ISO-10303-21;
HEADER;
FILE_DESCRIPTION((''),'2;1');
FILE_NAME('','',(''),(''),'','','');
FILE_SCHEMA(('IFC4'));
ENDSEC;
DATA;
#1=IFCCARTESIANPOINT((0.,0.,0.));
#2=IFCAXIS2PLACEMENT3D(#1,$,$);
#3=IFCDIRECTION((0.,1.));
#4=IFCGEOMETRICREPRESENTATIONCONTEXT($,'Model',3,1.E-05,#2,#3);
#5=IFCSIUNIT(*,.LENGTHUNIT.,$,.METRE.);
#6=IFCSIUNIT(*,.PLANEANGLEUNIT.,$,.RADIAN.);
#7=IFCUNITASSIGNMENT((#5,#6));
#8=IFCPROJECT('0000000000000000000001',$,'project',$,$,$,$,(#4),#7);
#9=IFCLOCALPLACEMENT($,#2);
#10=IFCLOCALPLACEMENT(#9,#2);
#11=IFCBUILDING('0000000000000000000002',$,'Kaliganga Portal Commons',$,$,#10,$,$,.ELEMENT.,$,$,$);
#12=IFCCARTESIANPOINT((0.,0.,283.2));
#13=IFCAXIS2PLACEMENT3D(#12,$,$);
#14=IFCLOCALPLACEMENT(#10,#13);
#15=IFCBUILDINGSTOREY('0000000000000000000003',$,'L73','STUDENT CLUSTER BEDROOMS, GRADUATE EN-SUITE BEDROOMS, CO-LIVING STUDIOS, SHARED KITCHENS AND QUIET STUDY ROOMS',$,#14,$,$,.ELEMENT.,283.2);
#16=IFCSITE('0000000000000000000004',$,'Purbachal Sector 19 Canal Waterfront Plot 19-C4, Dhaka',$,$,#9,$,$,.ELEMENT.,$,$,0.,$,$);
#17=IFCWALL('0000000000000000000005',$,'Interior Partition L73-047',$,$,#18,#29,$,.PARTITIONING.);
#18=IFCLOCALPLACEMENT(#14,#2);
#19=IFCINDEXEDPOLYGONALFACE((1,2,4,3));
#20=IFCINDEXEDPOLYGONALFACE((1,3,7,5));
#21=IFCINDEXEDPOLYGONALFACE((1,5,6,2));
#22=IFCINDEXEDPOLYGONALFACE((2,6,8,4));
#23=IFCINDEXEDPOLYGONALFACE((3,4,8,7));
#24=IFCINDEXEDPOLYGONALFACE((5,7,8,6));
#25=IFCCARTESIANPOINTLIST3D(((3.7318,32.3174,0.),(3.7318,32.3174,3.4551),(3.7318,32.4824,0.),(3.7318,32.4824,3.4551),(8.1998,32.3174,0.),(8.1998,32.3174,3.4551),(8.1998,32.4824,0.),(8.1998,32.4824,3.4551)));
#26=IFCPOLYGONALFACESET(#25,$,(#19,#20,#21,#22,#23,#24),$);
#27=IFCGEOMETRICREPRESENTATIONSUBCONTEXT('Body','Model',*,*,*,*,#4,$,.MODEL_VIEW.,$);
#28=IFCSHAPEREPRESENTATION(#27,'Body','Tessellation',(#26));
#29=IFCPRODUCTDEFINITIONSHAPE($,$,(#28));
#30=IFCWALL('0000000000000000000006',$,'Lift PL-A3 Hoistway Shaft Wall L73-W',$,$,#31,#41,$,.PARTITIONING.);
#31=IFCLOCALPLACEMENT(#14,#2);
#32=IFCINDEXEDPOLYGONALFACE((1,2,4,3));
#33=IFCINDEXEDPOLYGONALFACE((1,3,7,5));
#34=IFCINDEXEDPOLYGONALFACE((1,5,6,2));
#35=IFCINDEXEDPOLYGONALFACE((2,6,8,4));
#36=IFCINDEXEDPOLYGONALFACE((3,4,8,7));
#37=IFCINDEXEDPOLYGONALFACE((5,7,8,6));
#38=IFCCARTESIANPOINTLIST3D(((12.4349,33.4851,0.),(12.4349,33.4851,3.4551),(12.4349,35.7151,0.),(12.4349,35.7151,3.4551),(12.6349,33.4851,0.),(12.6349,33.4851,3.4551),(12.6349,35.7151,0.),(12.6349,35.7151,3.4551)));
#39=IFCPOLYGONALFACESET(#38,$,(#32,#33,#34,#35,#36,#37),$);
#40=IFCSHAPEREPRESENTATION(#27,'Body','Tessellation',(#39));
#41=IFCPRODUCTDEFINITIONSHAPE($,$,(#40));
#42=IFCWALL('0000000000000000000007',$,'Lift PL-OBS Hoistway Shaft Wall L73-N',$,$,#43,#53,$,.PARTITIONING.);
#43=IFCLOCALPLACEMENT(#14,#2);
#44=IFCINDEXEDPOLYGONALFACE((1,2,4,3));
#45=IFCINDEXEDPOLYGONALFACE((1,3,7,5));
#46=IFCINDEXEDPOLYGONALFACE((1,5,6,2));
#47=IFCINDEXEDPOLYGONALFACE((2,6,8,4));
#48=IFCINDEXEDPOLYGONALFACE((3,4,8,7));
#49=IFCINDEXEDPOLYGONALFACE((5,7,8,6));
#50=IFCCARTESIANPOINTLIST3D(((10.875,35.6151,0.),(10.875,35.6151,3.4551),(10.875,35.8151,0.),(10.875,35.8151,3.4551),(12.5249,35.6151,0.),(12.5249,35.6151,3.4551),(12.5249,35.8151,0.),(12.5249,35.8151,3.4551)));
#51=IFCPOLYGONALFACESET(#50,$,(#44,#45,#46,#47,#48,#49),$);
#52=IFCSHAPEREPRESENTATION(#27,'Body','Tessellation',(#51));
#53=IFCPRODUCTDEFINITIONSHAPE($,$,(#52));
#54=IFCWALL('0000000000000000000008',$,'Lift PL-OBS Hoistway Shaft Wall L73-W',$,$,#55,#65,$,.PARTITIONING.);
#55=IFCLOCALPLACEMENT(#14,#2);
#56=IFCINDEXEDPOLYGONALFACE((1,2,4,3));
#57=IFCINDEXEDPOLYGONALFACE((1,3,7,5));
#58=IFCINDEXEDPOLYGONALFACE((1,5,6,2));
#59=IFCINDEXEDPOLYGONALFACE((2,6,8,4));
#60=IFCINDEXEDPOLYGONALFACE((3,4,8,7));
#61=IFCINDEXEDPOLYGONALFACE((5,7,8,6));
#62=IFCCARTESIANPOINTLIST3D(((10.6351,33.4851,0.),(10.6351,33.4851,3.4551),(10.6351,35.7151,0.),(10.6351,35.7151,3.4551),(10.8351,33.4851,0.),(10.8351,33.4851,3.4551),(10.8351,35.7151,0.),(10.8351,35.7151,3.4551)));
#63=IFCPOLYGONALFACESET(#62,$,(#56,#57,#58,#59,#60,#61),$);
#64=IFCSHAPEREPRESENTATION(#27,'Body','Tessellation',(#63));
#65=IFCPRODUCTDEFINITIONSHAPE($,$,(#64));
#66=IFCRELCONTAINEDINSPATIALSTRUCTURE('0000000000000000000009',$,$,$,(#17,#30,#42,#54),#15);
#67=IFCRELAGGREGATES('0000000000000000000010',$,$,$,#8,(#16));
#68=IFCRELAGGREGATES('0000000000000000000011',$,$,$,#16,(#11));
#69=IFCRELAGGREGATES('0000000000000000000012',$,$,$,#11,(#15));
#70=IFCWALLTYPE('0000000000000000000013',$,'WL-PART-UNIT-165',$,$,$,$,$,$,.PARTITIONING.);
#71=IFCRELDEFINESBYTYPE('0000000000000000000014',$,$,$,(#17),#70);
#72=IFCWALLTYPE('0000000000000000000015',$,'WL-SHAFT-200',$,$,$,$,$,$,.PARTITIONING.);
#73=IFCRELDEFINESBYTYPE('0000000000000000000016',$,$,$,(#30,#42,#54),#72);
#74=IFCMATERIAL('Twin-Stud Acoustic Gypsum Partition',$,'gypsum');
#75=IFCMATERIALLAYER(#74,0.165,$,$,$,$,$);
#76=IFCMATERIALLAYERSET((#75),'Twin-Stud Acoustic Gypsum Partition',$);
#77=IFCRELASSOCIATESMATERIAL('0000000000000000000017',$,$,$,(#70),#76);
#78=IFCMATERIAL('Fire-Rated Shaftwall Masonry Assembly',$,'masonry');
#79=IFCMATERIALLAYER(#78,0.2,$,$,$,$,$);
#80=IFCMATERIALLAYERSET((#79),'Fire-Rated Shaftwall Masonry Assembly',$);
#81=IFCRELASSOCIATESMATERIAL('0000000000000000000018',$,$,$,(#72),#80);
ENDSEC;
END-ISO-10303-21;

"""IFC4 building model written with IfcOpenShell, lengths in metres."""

from ifc_helpers import new_model, si_unit, direction, frame, frame_2d, origin, place, context, subcontext, project, spatial, rectangle, extrude, material, layer, layer_set, type_object, element, save


model = new_model("IFC4")

# Units and contexts
model_context = context("Model", 3, precision=1e-05, world=origin(), true_north=direction((0.0, 1.0)))
body_context = subcontext(model_context, "Body", "Model", "MODEL_VIEW")
ifc_project = project(units=[si_unit("LENGTHUNIT", "METRE"), si_unit("PLANEANGLEUNIT", "RADIAN")], contexts=[model_context])

# Site, building, storey
site_placement = place(None, origin())
site = spatial("IfcSite", under=ifc_project, at=site_placement, Name="Purbachal Sector 19 Canal Waterfront Plot 19-C4, Dhaka", CompositionType="ELEMENT", RefElevation=0.0)
building_placement = place(site_placement, origin())
building = spatial("IfcBuilding", under=site, at=building_placement, Name="Kaliganga Portal Commons", CompositionType="ELEMENT")
storey_placement = place(building_placement, frame((0.0, 0.0, 283.2)))
storey = spatial("IfcBuildingStorey", under=building, at=storey_placement, Name="L73", Description="STUDENT CLUSTER BEDROOMS, GRADUATE EN-SUITE BEDROOMS, CO-LIVING STUDIOS, SHARED KITCHENS AND QUIET STUDY ROOMS", CompositionType="ELEMENT", Elevation=283.2)

# Walls
ifc_material_1 = material(Name="Twin-Stud Acoustic Gypsum Partition", Category="gypsum")
ifc_layer_1 = layer(ifc_material_1, 0.165)
ifc_layer_set_1 = layer_set([ifc_layer_1], Name="Twin-Stud Acoustic Gypsum Partition")
wall_type_1 = type_object("IfcWallType", Name="WL-PART-UNIT-165", PredefinedType="PARTITIONING", material=ifc_layer_set_1)
wall_1_placement = place(storey_placement, frame((3.7319, 32.3999, 0.0), z_axis=(0.0, 0.0, 1.0), x_axis=(1.0, 0.0, 0.0)))
element("IfcWall", 1, at=wall_1_placement, inside=storey, type_object=wall_type_1, Name="Interior Partition L73-047", PredefinedType="PARTITIONING", context=body_context, shape_type="SweptSolid", body=[
    extrude(rectangle(XDim=4.468, YDim=0.165, at=frame_2d((2.2339, 0.0))), origin(), (0.0, 0.0, 1.0), 3.4551),
])
ifc_material_2 = material(Name="Fire-Rated Shaftwall Masonry Assembly", Category="masonry")
ifc_layer_2 = layer(ifc_material_2, 0.2)
ifc_layer_set_2 = layer_set([ifc_layer_2], Name="Fire-Rated Shaftwall Masonry Assembly")
wall_type_2 = type_object("IfcWallType", Name="WL-SHAFT-200", PredefinedType="PARTITIONING", material=ifc_layer_set_2)
wall_2_placement = place(storey_placement, frame((12.5349, 33.4851, 0.0), z_axis=(0.0, 0.0, 1.0), x_axis=(0.0, 1.0, 0.0)))
element("IfcWall", 2, at=wall_2_placement, inside=storey, type_object=wall_type_2, Name="Lift PL-A3 Hoistway Shaft Wall L73-W", PredefinedType="PARTITIONING", context=body_context, shape_type="SweptSolid", body=[
    extrude(rectangle(XDim=2.23, YDim=0.2, at=frame_2d((1.115, 0.0))), origin(), (0.0, 0.0, 1.0), 3.4551),
])

# Walls
wall_3_placement = place(storey_placement, frame((10.875, 35.7151, 0.0), z_axis=(0.0, 0.0, 1.0), x_axis=(1.0, 0.0, 0.0)))
element("IfcWall", 3, at=wall_3_placement, inside=storey, type_object=wall_type_2, Name="Lift PL-OBS Hoistway Shaft Wall L73-N", PredefinedType="PARTITIONING", context=body_context, shape_type="SweptSolid", body=[
    extrude(rectangle(XDim=1.6499, YDim=0.2, at=frame_2d((0.825, 0.0))), origin(), (0.0, 0.0, 1.0), 3.4551),
])
wall_4_placement = place(storey_placement, frame((10.7351, 33.4851, 0.0), z_axis=(0.0, 0.0, 1.0), x_axis=(0.0, 1.0, 0.0)))
element("IfcWall", 4, at=wall_4_placement, inside=storey, type_object=wall_type_2, Name="Lift PL-OBS Hoistway Shaft Wall L73-W", PredefinedType="PARTITIONING", context=body_context, shape_type="SweptSolid", body=[
    extrude(rectangle(XDim=2.23, YDim=0.2, at=frame_2d((1.115, 0.0))), origin(), (0.0, 0.0, 1.0), 3.4551),
])

save(model, "model.ifc")
